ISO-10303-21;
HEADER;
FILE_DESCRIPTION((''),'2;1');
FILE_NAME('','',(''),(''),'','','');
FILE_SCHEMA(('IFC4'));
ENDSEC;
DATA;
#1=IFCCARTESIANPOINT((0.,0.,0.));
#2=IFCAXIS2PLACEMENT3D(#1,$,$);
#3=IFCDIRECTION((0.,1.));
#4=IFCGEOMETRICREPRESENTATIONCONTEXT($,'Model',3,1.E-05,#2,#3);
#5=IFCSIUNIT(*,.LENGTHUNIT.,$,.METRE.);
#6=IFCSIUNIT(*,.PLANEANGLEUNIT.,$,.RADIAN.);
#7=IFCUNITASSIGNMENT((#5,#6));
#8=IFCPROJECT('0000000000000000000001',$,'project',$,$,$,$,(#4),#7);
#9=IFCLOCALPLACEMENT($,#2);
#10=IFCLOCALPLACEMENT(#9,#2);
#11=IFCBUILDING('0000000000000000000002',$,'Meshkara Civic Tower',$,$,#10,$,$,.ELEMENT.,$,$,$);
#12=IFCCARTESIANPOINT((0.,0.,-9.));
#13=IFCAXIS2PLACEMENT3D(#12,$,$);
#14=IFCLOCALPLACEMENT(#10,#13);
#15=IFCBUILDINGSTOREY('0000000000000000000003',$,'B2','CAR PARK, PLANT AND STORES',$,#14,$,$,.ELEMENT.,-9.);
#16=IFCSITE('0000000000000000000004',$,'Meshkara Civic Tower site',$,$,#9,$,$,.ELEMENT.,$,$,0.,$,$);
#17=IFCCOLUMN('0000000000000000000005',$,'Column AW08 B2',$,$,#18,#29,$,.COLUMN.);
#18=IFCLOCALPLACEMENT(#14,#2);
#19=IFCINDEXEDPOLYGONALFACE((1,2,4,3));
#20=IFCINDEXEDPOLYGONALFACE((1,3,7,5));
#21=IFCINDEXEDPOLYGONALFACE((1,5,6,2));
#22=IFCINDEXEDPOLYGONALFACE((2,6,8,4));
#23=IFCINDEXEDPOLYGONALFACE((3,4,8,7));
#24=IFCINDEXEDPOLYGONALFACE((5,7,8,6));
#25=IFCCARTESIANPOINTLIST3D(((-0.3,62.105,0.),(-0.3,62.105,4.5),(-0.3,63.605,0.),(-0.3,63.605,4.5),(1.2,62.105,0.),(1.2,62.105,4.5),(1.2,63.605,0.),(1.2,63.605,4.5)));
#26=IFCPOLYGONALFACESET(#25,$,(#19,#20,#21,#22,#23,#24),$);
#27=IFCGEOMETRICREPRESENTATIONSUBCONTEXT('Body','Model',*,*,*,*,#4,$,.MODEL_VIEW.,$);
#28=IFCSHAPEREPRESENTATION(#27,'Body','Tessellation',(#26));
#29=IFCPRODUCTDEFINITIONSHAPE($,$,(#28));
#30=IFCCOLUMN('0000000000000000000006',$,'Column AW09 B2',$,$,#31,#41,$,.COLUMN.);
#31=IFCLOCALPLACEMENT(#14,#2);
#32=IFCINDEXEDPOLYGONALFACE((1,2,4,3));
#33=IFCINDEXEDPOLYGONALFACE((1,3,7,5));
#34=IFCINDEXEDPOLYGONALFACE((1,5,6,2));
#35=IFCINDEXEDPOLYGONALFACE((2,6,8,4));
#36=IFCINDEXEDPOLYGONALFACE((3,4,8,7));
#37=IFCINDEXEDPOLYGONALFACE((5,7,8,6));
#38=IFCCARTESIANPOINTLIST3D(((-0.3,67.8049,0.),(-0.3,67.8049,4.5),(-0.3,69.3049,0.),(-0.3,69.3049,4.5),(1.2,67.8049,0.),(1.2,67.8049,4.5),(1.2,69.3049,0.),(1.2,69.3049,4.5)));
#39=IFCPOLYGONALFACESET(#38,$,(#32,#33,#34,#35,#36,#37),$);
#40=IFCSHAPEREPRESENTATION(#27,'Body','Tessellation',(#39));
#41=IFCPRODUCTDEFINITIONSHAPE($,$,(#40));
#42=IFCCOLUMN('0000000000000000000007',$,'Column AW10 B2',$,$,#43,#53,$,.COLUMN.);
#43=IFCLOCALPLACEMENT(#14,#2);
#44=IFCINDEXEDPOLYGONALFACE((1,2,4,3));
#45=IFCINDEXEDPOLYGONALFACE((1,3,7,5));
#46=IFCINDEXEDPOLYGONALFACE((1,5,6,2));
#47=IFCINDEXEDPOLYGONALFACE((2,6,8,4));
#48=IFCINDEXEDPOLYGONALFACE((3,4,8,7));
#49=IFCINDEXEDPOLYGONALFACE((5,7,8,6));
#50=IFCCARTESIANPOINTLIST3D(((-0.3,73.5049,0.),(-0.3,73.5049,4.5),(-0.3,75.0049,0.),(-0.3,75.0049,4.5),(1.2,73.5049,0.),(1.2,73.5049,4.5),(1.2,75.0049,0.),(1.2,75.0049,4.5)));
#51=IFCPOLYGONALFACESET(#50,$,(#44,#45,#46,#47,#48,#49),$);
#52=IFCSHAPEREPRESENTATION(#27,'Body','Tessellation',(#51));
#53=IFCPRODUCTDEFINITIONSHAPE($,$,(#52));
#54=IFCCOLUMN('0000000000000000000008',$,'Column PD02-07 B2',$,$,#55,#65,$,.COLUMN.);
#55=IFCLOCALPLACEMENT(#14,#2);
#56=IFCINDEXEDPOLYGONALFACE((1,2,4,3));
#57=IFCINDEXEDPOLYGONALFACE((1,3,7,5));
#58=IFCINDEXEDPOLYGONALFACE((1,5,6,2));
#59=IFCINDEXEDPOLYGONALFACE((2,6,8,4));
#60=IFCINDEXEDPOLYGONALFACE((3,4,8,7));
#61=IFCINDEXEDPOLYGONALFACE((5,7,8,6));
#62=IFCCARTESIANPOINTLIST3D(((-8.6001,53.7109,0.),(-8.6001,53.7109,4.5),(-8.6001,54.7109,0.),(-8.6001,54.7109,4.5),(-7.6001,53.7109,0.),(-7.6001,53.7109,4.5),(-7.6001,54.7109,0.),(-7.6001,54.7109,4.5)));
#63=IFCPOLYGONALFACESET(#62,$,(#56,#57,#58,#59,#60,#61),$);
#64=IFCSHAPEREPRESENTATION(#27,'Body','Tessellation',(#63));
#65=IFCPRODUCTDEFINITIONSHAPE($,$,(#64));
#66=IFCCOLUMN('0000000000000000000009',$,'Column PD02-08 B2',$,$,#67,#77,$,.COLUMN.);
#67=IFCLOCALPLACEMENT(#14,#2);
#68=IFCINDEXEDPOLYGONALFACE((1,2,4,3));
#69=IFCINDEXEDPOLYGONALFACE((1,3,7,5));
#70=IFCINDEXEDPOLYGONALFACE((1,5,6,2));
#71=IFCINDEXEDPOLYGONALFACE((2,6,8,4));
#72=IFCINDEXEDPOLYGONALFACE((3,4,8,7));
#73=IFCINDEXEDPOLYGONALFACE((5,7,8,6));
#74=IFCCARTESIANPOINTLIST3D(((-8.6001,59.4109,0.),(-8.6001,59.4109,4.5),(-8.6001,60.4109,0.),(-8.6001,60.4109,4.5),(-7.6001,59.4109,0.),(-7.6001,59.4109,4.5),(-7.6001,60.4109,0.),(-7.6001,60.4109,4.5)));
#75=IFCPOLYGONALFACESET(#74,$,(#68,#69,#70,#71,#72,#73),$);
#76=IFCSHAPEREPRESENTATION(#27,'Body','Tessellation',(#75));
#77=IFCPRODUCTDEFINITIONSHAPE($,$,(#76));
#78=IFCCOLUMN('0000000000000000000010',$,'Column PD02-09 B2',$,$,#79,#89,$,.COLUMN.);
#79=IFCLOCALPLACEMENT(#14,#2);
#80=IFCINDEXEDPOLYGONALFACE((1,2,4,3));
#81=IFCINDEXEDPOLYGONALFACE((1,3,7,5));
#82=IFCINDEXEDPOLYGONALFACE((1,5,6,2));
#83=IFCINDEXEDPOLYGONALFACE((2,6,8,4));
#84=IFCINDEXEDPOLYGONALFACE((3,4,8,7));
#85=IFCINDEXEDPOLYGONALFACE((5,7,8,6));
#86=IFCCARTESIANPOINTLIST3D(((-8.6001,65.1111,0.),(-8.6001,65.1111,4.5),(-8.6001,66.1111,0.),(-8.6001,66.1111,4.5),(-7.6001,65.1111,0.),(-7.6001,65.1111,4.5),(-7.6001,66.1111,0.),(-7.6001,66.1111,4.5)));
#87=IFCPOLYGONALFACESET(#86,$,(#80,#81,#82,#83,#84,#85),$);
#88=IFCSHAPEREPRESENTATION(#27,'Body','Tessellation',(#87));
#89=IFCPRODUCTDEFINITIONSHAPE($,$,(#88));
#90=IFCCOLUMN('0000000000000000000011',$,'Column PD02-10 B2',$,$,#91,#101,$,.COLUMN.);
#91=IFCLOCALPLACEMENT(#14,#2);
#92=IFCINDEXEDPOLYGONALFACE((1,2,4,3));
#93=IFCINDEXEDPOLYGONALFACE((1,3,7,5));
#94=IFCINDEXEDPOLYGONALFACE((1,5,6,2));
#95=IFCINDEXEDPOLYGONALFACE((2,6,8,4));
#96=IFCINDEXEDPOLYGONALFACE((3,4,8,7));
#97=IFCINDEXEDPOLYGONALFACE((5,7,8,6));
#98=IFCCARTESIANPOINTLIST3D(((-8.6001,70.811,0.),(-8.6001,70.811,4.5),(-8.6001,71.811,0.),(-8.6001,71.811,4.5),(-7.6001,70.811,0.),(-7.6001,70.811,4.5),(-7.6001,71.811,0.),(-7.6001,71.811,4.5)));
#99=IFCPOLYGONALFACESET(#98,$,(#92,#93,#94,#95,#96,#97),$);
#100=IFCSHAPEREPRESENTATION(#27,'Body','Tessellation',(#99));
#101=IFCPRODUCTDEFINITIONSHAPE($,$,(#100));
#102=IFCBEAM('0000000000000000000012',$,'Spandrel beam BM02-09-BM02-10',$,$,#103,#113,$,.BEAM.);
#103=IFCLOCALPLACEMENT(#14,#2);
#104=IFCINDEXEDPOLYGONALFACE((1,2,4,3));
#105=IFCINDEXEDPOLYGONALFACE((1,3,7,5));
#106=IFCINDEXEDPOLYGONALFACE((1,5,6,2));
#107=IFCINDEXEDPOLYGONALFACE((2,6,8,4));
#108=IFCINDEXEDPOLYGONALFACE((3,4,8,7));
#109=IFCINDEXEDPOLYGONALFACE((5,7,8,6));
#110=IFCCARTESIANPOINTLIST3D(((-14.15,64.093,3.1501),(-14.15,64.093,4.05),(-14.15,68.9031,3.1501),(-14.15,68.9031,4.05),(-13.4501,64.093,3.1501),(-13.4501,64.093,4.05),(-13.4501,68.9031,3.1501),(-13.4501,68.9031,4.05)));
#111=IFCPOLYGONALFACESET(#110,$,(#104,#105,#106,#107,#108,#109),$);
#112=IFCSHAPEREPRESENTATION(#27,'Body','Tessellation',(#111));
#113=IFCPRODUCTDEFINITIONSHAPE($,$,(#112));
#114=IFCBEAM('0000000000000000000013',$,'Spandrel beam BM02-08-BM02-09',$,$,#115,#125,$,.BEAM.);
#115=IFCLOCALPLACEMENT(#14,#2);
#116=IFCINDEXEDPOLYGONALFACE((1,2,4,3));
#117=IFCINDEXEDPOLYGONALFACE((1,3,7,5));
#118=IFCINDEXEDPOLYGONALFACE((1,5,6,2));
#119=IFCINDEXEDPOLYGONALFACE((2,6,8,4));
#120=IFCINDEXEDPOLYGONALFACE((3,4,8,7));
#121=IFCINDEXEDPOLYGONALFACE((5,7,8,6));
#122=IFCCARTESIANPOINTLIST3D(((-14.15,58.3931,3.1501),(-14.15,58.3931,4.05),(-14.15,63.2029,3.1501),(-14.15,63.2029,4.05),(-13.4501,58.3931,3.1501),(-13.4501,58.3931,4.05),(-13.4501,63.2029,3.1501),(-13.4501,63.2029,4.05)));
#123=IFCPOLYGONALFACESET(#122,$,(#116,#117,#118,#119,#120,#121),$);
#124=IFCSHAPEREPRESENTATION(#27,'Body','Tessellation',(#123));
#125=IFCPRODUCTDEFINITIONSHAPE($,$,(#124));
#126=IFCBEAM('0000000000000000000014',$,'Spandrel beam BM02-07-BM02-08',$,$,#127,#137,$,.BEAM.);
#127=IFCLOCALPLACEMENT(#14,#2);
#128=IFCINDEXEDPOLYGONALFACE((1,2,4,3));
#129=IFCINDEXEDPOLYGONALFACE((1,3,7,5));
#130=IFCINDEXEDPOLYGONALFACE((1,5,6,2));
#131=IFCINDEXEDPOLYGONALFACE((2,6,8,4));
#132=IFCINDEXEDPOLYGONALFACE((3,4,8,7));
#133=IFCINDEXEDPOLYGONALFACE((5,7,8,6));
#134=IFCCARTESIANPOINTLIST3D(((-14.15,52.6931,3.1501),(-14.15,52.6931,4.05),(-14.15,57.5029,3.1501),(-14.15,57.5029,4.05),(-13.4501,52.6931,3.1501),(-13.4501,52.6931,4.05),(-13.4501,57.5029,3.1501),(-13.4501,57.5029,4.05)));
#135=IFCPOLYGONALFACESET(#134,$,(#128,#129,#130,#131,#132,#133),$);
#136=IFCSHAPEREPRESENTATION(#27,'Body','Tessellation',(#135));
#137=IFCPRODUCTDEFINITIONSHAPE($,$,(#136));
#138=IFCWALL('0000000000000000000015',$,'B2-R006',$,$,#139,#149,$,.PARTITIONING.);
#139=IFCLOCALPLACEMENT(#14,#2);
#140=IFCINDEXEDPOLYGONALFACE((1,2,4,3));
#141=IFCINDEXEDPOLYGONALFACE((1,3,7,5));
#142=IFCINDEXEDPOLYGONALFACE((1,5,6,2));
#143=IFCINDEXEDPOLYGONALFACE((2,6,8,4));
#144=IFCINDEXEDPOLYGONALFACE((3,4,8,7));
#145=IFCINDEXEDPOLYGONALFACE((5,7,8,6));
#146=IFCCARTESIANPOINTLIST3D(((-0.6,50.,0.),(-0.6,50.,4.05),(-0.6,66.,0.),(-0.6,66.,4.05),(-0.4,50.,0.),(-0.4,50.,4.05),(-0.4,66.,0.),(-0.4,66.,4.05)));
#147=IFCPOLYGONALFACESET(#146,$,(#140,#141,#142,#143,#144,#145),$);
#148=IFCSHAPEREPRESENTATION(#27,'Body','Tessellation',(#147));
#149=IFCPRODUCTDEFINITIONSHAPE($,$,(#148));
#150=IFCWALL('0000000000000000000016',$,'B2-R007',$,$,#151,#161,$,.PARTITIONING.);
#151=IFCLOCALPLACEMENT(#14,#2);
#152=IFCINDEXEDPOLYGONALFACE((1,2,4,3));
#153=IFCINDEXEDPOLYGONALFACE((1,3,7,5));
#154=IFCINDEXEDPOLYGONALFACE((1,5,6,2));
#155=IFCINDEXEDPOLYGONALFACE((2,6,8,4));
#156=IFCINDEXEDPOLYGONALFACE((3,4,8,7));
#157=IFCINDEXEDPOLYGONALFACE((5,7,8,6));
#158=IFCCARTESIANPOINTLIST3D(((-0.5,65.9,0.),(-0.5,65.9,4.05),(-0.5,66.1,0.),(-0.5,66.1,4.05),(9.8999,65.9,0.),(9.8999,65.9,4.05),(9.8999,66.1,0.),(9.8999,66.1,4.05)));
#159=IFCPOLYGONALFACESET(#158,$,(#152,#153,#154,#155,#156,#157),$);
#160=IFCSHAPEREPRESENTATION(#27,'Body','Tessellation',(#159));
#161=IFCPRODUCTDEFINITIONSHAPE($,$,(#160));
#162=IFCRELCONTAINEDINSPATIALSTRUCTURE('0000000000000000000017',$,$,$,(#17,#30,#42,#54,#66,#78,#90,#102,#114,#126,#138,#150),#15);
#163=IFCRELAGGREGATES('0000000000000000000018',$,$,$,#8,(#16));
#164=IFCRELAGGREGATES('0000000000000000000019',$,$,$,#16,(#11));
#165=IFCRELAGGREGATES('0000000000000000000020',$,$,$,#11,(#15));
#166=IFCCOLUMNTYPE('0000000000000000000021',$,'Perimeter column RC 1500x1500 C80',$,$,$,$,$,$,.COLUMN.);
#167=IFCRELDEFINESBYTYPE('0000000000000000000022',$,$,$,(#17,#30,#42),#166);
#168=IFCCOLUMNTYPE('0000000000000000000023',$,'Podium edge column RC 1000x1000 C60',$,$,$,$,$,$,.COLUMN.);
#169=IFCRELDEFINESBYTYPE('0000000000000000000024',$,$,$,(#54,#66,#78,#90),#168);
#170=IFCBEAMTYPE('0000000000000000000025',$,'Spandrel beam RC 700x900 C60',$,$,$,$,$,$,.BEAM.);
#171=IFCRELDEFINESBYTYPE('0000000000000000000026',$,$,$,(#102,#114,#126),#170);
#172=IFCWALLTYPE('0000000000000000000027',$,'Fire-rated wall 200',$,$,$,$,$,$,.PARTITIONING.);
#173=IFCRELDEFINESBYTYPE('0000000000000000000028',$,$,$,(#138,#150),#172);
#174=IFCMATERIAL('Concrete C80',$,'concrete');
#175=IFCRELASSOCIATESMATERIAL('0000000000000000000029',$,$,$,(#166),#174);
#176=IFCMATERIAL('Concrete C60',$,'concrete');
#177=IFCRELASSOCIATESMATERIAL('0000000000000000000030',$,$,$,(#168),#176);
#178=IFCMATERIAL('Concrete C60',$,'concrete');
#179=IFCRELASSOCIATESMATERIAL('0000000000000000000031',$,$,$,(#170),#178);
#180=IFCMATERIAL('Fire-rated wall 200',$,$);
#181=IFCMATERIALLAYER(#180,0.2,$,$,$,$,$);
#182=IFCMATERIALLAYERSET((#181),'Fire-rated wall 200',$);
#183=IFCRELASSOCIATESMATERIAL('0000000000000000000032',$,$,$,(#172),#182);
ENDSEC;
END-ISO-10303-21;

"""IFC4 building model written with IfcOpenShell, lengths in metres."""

from ifc_helpers import new_model, si_unit, direction, frame, frame_2d, origin, origin_2d, place, context, subcontext, project, spatial, rectangle, extrude, material, layer, layer_set, material_profile, profile_set, type_object, element, save


model = new_model("IFC4")

# Units and contexts
model_context = context("Model", 3, precision=1e-05, world=origin(), true_north=direction((0.0, 1.0)))
body_context = subcontext(model_context, "Body", "Model", "MODEL_VIEW")
ifc_project = project(units=[si_unit("LENGTHUNIT", "METRE"), si_unit("PLANEANGLEUNIT", "RADIAN")], contexts=[model_context])

# Site, building, storey
site_placement = place(None, origin())
site = spatial("IfcSite", under=ifc_project, at=site_placement, Name="Meshkara Civic Tower site", CompositionType="ELEMENT", RefElevation=0.0)
building_placement = place(site_placement, origin())
building = spatial("IfcBuilding", under=site, at=building_placement, Name="Meshkara Civic Tower", CompositionType="ELEMENT")
storey_placement = place(building_placement, frame((0.0, 0.0, -9.0)))
storey = spatial("IfcBuildingStorey", under=building, at=storey_placement, Name="B2", Description="CAR PARK, PLANT AND STORES", CompositionType="ELEMENT", Elevation=-9.0)

# Columns
ifc_material_1 = material(Name="Concrete C80", Category="concrete")
ifc_material_profile_1 = material_profile(ifc_material_1, rectangle(XDim=1.5, YDim=1.5, at=origin_2d()))
ifc_profile_set_1 = profile_set([ifc_material_profile_1], Name="Concrete C80")
column_type_1 = type_object("IfcColumnType", Name="Perimeter column RC 1500x1500 C80", PredefinedType="COLUMN", material=ifc_profile_set_1)
for number, where, z_axis, x_axis, name in (
    (1, (0.45, 62.855, 0.0), (0.0, 0.0, 1.0), (1.0, 0.0, 0.0), "Column AW08 B2"),
    (2, (0.45, 68.5549, 0.0), (0.0, 0.0, 1.0), (1.0, 0.0, 0.0), "Column AW09 B2"),
    (3, (0.45, 74.2549, 0.0), (0.0, 0.0, 1.0), (1.0, 0.0, 0.0), "Column AW10 B2"),
):
    element("IfcColumn", number, at=place(storey_placement, frame(where, z_axis=z_axis, x_axis=x_axis)), inside=storey, type_object=column_type_1, Name=name, PredefinedType="COLUMN", context=body_context, shape_type="SweptSolid", body=[
        extrude(rectangle(XDim=1.5, YDim=1.5, at=origin_2d()), origin(), (0.0, 0.0, 1.0), 4.5),
    ])
ifc_material_2 = material(Name="Concrete C60", Category="concrete")
ifc_material_profile_2 = material_profile(ifc_material_2, rectangle(XDim=1.0, YDim=1.0, at=origin_2d()))
ifc_profile_set_2 = profile_set([ifc_material_profile_2], Name="Concrete C60")
column_type_2 = type_object("IfcColumnType", Name="Podium edge column RC 1000x1000 C60", PredefinedType="COLUMN", material=ifc_profile_set_2)
for number, where, z_axis, x_axis, name in (
    (4, (-8.1001, 54.2109, 0.0), (0.0, 0.0, 1.0), (1.0, 0.0, 0.0), "Column PD02-07 B2"),
    (5, (-8.1001, 59.9109, 0.0), (0.0, 0.0, 1.0), (1.0, 0.0, 0.0), "Column PD02-08 B2"),
    (6, (-8.1001, 65.6111, 0.0), (0.0, 0.0, 1.0), (1.0, 0.0, 0.0), "Column PD02-09 B2"),
    (7, (-8.1001, 71.311, 0.0), (0.0, 0.0, 1.0), (1.0, 0.0, 0.0), "Column PD02-10 B2"),
):
    element("IfcColumn", number, at=place(storey_placement, frame(where, z_axis=z_axis, x_axis=x_axis)), inside=storey, type_object=column_type_2, Name=name, PredefinedType="COLUMN", context=body_context, shape_type="SweptSolid", body=[
        extrude(rectangle(XDim=1.0, YDim=1.0, at=origin_2d()), origin(), (0.0, 0.0, 1.0), 4.5),
    ])

# Beams
ifc_material_3 = material(Name="Concrete C60", Category="concrete")
ifc_material_profile_3 = material_profile(ifc_material_3, rectangle(XDim=0.7, YDim=0.8999, at=origin_2d()))
ifc_profile_set_3 = profile_set([ifc_material_profile_3], Name="Concrete C60")
beam_type = type_object("IfcBeamType", Name="Spandrel beam RC 700x900 C60", PredefinedType="BEAM", material=ifc_profile_set_3)
beam_placement = place(storey_placement, frame((-13.8, 68.9031, 3.6001), z_axis=(0.0, -1.0, 0.0), x_axis=(1.0, 0.0, 0.0)))
element("IfcBeam", 8, at=beam_placement, inside=storey, type_object=beam_type, Name="Spandrel beam BM02-09-BM02-10", PredefinedType="BEAM", context=body_context, shape_type="SweptSolid", body=[
    extrude(rectangle(XDim=0.7, YDim=0.8999, at=origin_2d()), origin(), (0.0, 0.0, 1.0), 4.8101),
])
for number, where, z_axis, x_axis, name in (
    (9, (-13.8, 63.2029, 3.6001), (0.0, -1.0, 0.0), (1.0, 0.0, 0.0), "Spandrel beam BM02-08-BM02-09"),
    (10, (-13.8, 57.5029, 3.6001), (0.0, -1.0, 0.0), (1.0, 0.0, 0.0), "Spandrel beam BM02-07-BM02-08"),
):
    element("IfcBeam", number, at=place(storey_placement, frame(where, z_axis=z_axis, x_axis=x_axis)), inside=storey, type_object=beam_type, Name=name, PredefinedType="BEAM", context=body_context, shape_type="SweptSolid", body=[
        extrude(rectangle(XDim=0.7, YDim=0.8999, at=origin_2d()), origin(), (0.0, 0.0, 1.0), 4.8098),
    ])

# Walls
ifc_material_4 = material(Name="Fire-rated wall 200")
ifc_layer = layer(ifc_material_4, 0.2)
ifc_layer_set = layer_set([ifc_layer], Name="Fire-rated wall 200")
wall_type = type_object("IfcWallType", Name="Fire-rated wall 200", PredefinedType="PARTITIONING", material=ifc_layer_set)
wall_1_placement = place(storey_placement, frame((-0.5, 66.0, 0.0), z_axis=(0.0, 0.0, 1.0), x_axis=(0.0, -1.0, 0.0)))
element("IfcWall", 11, at=wall_1_placement, inside=storey, type_object=wall_type, Name="B2-R006", PredefinedType="PARTITIONING", context=body_context, shape_type="SweptSolid", body=[
    extrude(rectangle(XDim=16.0, YDim=0.2, at=frame_2d((8.0, 0.0))), origin(), (0.0, 0.0, 1.0), 4.05),
])
wall_2_placement = place(storey_placement, frame((-0.5, 66.0, 0.0), z_axis=(0.0, 0.0, 1.0), x_axis=(1.0, 0.0, 0.0)))
element("IfcWall", 12, at=wall_2_placement, inside=storey, type_object=wall_type, Name="B2-R007", PredefinedType="PARTITIONING", context=body_context, shape_type="SweptSolid", body=[
    extrude(rectangle(XDim=10.3999, YDim=0.2, at=frame_2d((5.2, 0.0))), origin(), (0.0, 0.0, 1.0), 4.05),
])

save(model, "model.ifc")
